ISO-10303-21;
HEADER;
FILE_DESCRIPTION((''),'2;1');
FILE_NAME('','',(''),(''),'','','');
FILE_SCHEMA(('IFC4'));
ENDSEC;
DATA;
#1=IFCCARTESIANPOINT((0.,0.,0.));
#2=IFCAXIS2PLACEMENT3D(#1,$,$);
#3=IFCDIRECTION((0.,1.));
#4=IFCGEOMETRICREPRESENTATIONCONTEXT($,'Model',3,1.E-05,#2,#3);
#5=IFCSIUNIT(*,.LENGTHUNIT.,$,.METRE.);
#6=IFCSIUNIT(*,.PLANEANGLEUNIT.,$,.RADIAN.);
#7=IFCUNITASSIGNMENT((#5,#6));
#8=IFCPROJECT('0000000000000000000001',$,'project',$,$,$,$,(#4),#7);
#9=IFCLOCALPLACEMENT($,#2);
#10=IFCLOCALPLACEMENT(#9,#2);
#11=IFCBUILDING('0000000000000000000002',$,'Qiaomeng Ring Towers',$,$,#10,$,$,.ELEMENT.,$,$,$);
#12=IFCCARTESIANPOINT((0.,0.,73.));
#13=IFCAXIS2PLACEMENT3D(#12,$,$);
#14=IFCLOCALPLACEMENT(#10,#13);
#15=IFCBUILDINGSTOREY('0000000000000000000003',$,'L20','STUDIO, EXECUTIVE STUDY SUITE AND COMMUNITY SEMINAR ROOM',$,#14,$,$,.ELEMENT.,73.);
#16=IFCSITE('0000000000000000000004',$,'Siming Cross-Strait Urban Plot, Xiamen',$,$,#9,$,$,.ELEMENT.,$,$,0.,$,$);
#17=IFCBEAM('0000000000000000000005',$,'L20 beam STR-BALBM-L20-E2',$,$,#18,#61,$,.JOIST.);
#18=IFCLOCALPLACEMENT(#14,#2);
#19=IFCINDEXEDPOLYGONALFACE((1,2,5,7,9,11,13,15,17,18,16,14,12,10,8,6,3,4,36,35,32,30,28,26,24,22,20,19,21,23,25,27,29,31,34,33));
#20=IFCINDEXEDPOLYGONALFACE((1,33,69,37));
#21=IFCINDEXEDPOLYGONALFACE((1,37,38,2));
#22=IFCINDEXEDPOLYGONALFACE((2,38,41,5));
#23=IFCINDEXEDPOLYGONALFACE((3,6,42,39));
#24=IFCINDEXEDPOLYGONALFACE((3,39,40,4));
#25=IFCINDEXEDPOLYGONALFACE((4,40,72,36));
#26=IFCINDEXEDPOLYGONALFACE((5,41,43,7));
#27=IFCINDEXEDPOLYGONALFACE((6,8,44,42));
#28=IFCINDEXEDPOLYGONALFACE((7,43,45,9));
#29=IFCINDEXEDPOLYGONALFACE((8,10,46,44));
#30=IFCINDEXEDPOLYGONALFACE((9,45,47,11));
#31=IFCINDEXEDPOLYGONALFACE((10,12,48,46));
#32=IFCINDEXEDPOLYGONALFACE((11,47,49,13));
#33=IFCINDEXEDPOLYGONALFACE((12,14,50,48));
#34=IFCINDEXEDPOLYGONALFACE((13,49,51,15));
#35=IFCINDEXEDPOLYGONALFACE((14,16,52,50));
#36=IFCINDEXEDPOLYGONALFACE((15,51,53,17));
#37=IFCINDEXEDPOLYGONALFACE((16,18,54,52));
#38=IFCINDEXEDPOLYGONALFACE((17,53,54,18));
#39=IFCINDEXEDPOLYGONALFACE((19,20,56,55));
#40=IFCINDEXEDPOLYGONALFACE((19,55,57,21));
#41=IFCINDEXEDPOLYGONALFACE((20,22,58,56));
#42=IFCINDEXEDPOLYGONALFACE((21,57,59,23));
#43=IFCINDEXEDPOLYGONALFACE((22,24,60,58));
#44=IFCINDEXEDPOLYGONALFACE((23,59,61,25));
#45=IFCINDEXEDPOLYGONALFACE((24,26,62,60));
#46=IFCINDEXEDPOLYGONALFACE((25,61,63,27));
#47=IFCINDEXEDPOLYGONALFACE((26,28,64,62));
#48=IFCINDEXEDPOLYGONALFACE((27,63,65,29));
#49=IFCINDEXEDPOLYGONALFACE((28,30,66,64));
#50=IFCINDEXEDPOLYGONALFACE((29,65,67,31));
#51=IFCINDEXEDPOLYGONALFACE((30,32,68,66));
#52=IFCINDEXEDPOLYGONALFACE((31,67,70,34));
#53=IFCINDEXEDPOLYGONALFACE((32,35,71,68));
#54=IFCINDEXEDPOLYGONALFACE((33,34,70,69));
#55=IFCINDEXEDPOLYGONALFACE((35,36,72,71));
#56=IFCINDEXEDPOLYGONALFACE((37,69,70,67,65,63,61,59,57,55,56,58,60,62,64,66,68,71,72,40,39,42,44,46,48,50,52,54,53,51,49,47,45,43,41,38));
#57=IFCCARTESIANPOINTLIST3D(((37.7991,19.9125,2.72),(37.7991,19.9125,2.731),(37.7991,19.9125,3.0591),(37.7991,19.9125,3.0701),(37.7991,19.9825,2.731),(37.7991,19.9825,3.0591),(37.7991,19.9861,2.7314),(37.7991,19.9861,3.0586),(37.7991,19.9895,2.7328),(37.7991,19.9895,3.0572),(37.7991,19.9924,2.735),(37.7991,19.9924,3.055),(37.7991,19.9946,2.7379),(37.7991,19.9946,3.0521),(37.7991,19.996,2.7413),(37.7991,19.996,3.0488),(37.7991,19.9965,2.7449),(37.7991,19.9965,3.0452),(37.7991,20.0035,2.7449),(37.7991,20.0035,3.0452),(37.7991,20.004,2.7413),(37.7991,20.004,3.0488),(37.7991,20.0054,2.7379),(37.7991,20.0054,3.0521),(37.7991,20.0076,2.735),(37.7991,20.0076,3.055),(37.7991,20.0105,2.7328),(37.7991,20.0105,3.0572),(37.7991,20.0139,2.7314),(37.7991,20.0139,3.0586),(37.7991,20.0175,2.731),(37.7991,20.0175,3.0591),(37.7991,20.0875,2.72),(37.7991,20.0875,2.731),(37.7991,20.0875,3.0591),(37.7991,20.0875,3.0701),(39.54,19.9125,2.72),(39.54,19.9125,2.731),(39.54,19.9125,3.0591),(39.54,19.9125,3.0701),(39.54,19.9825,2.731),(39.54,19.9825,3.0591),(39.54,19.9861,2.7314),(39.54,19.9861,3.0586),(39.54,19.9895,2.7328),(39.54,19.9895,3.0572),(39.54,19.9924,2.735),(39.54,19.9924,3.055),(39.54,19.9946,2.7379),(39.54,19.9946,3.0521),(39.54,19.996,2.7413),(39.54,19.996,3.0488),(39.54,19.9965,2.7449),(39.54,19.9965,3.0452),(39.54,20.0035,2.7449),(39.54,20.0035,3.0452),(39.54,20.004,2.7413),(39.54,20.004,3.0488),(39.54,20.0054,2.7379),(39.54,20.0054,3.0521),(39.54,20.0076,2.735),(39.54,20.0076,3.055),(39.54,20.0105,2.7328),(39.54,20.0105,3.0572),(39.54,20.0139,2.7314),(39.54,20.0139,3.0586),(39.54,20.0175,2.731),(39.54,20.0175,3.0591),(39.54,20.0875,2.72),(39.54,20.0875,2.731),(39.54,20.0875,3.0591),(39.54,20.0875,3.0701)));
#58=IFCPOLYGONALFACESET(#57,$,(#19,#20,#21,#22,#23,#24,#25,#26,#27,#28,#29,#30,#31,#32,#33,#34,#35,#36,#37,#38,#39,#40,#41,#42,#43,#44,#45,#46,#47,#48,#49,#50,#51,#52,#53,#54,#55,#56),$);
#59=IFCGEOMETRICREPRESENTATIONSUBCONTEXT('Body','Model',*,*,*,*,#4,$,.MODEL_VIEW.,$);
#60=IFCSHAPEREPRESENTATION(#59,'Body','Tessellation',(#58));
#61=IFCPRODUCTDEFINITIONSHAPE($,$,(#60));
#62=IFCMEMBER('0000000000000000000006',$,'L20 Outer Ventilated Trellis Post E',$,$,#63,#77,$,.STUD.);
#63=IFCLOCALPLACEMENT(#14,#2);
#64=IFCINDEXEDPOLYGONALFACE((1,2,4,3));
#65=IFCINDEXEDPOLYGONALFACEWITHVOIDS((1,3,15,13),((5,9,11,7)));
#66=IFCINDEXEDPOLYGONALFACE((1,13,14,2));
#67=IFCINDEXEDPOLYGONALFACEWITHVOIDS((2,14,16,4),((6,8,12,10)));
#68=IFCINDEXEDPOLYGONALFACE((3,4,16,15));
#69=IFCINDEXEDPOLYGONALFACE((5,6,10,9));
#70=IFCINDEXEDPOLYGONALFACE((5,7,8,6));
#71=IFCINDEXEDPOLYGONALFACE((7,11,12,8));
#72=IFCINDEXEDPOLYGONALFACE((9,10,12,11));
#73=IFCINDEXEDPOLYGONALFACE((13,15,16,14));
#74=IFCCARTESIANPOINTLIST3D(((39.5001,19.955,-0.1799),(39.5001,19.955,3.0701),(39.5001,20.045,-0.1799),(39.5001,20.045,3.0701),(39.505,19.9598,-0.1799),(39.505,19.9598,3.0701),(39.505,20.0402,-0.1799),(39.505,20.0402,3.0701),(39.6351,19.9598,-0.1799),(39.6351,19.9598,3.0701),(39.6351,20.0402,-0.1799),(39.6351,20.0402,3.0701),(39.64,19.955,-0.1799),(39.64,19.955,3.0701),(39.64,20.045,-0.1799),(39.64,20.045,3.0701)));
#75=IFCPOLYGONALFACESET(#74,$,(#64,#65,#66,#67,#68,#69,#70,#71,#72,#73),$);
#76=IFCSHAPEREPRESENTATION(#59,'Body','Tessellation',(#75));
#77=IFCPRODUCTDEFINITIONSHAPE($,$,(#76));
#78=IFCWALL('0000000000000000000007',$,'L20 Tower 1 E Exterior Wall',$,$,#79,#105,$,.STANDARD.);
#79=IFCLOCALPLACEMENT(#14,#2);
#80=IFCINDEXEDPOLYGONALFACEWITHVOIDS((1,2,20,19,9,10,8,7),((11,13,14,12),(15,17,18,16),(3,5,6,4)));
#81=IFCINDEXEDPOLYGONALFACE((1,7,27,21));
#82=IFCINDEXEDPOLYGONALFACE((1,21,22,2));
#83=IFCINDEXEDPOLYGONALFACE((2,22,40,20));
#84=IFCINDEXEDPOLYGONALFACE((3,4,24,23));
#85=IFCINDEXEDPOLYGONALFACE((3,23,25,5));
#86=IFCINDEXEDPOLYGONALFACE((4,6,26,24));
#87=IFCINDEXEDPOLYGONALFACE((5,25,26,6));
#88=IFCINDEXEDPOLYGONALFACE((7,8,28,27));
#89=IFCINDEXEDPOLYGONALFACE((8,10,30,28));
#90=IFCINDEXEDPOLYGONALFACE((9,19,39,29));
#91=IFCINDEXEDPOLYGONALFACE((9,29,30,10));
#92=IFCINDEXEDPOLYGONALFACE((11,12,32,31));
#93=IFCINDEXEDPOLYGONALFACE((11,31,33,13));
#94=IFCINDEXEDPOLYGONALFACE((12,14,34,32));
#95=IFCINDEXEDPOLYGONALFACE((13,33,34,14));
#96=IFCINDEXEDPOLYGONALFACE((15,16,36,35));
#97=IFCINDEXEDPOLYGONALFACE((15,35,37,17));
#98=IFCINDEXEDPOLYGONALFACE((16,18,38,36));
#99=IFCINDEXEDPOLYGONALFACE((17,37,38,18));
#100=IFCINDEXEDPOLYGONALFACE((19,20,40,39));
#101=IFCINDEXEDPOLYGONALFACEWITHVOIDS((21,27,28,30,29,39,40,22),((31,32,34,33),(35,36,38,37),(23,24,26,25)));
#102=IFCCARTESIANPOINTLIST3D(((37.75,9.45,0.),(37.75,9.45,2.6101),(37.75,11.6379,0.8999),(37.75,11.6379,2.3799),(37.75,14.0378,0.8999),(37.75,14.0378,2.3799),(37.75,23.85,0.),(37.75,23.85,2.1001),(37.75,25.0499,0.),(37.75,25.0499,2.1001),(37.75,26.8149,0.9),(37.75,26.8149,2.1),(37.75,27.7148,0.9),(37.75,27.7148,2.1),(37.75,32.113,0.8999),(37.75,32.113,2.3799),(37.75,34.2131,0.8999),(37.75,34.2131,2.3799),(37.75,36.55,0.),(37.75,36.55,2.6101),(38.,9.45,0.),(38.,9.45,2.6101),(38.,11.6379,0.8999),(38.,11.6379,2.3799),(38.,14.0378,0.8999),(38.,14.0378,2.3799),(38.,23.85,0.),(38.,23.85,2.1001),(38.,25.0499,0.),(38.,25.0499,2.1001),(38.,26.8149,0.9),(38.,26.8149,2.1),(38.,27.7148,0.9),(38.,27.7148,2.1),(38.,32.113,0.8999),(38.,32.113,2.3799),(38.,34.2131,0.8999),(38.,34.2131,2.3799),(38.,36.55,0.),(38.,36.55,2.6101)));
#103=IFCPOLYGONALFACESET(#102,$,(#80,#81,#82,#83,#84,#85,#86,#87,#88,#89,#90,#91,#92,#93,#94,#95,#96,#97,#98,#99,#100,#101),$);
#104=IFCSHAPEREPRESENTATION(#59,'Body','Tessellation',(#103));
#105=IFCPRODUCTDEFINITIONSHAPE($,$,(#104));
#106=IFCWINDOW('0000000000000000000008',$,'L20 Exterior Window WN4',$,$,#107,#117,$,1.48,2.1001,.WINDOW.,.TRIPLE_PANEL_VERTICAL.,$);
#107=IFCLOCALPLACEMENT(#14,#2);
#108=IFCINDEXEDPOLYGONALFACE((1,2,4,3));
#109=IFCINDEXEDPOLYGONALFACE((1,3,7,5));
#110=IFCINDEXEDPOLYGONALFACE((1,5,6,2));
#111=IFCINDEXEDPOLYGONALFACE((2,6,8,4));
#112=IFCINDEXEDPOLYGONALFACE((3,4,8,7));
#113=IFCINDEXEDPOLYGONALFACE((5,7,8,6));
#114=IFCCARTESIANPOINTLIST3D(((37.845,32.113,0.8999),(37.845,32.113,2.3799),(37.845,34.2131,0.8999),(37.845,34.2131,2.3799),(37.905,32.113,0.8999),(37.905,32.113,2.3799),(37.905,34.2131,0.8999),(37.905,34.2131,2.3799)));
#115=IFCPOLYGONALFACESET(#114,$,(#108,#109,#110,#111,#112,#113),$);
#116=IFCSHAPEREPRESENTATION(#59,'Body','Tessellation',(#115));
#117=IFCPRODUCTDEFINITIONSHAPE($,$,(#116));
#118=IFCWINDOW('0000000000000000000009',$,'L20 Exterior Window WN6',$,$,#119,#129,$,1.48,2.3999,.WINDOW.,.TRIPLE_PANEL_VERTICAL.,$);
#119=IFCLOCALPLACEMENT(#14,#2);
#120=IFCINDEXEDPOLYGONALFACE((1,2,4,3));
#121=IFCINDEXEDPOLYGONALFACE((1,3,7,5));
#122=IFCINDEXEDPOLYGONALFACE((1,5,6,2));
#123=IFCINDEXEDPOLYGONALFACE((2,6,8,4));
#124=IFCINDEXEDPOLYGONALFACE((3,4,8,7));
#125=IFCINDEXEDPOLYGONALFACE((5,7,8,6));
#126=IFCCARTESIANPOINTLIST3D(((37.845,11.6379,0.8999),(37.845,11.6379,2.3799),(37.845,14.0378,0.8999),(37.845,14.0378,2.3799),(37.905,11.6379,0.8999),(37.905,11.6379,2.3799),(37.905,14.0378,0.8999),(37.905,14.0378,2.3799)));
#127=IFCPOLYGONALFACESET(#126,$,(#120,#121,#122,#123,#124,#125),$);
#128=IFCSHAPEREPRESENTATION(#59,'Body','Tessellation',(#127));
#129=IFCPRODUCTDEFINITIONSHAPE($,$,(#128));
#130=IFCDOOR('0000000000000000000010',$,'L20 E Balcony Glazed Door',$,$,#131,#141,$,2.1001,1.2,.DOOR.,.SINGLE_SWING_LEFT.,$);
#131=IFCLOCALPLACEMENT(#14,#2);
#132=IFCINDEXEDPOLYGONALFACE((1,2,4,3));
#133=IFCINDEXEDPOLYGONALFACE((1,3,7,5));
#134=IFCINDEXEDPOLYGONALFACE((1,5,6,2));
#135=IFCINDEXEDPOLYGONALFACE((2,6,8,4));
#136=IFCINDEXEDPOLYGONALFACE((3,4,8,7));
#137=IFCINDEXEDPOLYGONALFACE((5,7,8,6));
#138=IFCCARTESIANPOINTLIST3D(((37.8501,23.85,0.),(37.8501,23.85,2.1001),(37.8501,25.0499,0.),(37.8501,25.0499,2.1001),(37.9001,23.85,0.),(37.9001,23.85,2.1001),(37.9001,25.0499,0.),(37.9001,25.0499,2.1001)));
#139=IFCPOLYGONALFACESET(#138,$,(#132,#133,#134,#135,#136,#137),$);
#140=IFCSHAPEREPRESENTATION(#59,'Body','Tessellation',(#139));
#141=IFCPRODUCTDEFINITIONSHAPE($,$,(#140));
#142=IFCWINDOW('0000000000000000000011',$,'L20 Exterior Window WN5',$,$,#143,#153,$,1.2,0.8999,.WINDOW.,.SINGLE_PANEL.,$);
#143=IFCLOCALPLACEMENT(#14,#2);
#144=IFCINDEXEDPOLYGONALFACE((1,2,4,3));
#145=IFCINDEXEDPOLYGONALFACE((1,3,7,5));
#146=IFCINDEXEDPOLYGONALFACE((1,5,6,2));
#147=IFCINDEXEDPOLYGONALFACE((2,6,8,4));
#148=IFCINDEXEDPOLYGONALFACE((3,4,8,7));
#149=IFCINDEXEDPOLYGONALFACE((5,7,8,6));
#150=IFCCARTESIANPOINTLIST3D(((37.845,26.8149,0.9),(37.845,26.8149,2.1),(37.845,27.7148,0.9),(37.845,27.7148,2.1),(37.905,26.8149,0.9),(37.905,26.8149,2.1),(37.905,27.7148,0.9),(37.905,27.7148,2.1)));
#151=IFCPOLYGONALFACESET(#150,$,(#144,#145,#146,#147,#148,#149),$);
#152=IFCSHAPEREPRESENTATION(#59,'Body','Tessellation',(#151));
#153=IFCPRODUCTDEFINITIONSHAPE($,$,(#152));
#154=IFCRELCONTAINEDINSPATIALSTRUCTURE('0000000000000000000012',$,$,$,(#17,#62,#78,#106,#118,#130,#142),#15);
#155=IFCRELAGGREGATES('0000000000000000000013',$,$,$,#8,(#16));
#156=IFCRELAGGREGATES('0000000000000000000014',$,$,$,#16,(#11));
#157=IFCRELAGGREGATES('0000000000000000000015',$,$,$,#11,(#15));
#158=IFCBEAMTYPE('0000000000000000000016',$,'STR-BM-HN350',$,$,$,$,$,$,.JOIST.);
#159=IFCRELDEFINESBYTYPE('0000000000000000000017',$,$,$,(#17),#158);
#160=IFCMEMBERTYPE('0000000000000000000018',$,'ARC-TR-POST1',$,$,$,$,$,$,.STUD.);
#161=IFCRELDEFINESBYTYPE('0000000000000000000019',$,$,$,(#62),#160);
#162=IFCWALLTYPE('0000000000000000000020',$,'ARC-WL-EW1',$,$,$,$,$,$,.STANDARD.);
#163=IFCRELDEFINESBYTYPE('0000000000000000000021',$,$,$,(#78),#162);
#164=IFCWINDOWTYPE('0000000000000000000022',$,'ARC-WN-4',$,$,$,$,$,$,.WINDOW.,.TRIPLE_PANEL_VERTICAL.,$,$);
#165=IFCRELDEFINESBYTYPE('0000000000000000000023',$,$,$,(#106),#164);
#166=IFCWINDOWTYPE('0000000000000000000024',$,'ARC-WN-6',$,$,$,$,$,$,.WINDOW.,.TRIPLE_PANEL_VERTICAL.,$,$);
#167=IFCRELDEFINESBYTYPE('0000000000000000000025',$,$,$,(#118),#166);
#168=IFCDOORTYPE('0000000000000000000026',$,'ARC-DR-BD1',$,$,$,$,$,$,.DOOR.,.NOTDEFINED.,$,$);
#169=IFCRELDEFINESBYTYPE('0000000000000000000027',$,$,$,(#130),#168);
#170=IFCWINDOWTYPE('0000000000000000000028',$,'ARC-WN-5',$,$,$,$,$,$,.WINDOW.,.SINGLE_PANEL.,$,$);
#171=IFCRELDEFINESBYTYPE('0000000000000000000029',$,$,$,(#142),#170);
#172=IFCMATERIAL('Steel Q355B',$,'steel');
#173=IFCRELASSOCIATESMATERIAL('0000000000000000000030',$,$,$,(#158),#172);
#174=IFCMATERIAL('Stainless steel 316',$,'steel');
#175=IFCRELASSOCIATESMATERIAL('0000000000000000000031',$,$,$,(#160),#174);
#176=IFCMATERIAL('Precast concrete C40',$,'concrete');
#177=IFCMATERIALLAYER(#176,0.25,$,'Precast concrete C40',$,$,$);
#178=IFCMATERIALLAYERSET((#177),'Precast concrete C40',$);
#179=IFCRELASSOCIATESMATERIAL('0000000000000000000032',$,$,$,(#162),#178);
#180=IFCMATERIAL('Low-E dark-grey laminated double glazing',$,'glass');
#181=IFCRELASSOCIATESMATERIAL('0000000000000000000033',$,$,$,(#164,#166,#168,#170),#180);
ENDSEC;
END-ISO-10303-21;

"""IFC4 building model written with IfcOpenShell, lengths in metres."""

from ifc_helpers import new_model, si_unit, direction, frame, frame_2d, origin, origin_2d, place, context, subcontext, project, spatial, rectangle, hollow_rectangle, i_section, extrude, source, transform, mapped, material, layer, layer_set, material_profile, profile_set, type_object, element, fill, save


model = new_model("IFC4")

# Units and contexts
model_context = context("Model", 3, precision=1e-05, world=origin(), true_north=direction((0.0, 1.0)))
body_context = subcontext(model_context, "Body", "Model", "MODEL_VIEW")
ifc_project = project(units=[si_unit("LENGTHUNIT", "METRE"), si_unit("PLANEANGLEUNIT", "RADIAN")], contexts=[model_context])

# Site, building, storey
site_placement = place(None, origin())
site = spatial("IfcSite", under=ifc_project, at=site_placement, Name="Siming Cross-Strait Urban Plot, Xiamen", CompositionType="ELEMENT", RefElevation=0.0)
building_placement = place(site_placement, origin())
building = spatial("IfcBuilding", under=site, at=building_placement, Name="Qiaomeng Ring Towers", CompositionType="ELEMENT")
storey_placement = place(building_placement, frame((0.0, 0.0, 73.0)))
storey = spatial("IfcBuildingStorey", under=building, at=storey_placement, Name="L20", Description="STUDIO, EXECUTIVE STUDY SUITE AND COMMUNITY SEMINAR ROOM", CompositionType="ELEMENT", Elevation=73.0)

# Beam
ifc_material_1 = material(Name="Steel Q355B", Category="steel")
ifc_material_profile_1 = material_profile(ifc_material_1, i_section(OverallWidth=0.175, OverallDepth=0.3501, WebThickness=0.0071, FlangeThickness=0.011, FilletRadius=0.0139, at=origin_2d()), Name="HN 350x175x7x11")
ifc_profile_set_1 = profile_set([ifc_material_profile_1], Name="Steel Q355B")
beam_type_1 = type_object("IfcBeamType", Name="STR-BM-HN350", PredefinedType="JOIST", material=ifc_profile_set_1)
shared_shape_1 = source(origin(), body_context, "Body", "SweptSolid", [
    extrude(i_section(OverallWidth=0.175, OverallDepth=0.3501, WebThickness=0.0071, FlangeThickness=0.011, FilletRadius=0.0139, at=origin_2d()), origin(), (0.0, 0.0, 1.0), 1.741),
])
beam_1_placement = place(storey_placement, frame((37.7991, 20.0, 2.895), z_axis=(1.0, 0.0, 0.0), x_axis=(0.0, 1.0, 0.0)))
element("IfcBeam", 1, at=beam_1_placement, inside=storey, type_object=beam_type_1, Name="L20 beam STR-BALBM-L20-E2", PredefinedType="JOIST", context=body_context, shape_type="MappedRepresentation", body=[
    mapped(shared_shape_1, transform((0.0, 0.0, 0.0), x_axis=(1.0, 0.0, 0.0), y_axis=(0.0, 1.0, 0.0), z_axis=(0.0, 0.0, 1.0), scale=1.0)),
])

# Member
ifc_material_2 = material(Name="Stainless steel 316", Category="steel")
ifc_material_profile_2 = material_profile(ifc_material_2, hollow_rectangle(XDim=0.0901, YDim=0.1399, WallThickness=0.0049, at=origin_2d()), Name="SS TRELLIS 90x140")
ifc_profile_set_2 = profile_set([ifc_material_profile_2], Name="Stainless steel 316")
member_type = type_object("IfcMemberType", Name="ARC-TR-POST1", PredefinedType="STUD", material=ifc_profile_set_2)
shared_shape_2 = source(origin(), body_context, "Body", "SweptSolid", [
    extrude(hollow_rectangle(XDim=0.0901, YDim=0.1399, WallThickness=0.0049, at=origin_2d()), origin(), (0.0, 0.0, 1.0), 3.25),
])
member_placement = place(storey_placement, frame((39.5701, 20.0, -0.1799), z_axis=(0.0, 0.0, 1.0), x_axis=(0.0, 1.0, 0.0)))
element("IfcMember", 2, at=member_placement, inside=storey, type_object=member_type, Name="L20 Outer Ventilated Trellis Post E", PredefinedType="STUD", context=body_context, shape_type="MappedRepresentation", body=[
    mapped(shared_shape_2, transform((0.0, 0.0, 0.0), x_axis=(1.0, 0.0, 0.0), y_axis=(0.0, 1.0, 0.0), z_axis=(0.0, 0.0, 1.0), scale=1.0)),
])

# Wall, openings, windows, door
ifc_material_3 = material(Name="Precast concrete C40", Category="concrete")
ifc_layer_1 = layer(ifc_material_3, 0.25, Name="Precast concrete C40")
ifc_layer_set_1 = layer_set([ifc_layer_1], Name="Precast concrete C40")
wall_type_1 = type_object("IfcWallType", Name="ARC-WL-EW1", PredefinedType="STANDARD", material=ifc_layer_set_1)
wall_1_placement = place(storey_placement, frame((37.875, 9.45, 0.0), z_axis=(0.0, 0.0, 1.0), x_axis=(0.0, 1.0, 0.0)))
wall_1 = element("IfcWall", 3, at=wall_1_placement, inside=storey, type_object=wall_type_1, Name="L20 Tower 1 E Exterior Wall", PredefinedType="STANDARD", context=body_context, shape_type="SweptSolid", body=[
    extrude(rectangle(XDim=27.1001, YDim=0.25, at=frame_2d((13.55, 0.0))), origin(), (0.0, 0.0, 1.0), 2.6101),
])
opening_1_placement = place(wall_1_placement, frame((14.3999, 0.0, 0.0)))
opening_1 = element("IfcOpeningElement", 4, at=opening_1_placement, cuts=wall_1, PredefinedType="OPENING", context=body_context, shape_type="SweptSolid", body=[
    extrude(rectangle(XDim=1.2, YDim=2.1001, at=frame_2d((0.6001, 1.05))), frame((0.0, 0.135, 0.0), z_axis=(0.0, -1.0, 0.0), x_axis=(1.0, 0.0, 0.0)), (0.0, 0.0, 1.0), 0.27),
])
opening_2_placement = place(wall_1_placement, frame((2.188, 0.0, 0.8999)))
opening_2 = element("IfcOpeningElement", 5, at=opening_2_placement, cuts=wall_1, PredefinedType="OPENING", context=body_context, shape_type="SweptSolid", body=[
    extrude(rectangle(XDim=2.3999, YDim=1.48, at=frame_2d((1.2, 0.74))), frame((0.0, 0.135, 0.0), z_axis=(0.0, -1.0, 0.0), x_axis=(1.0, 0.0, 0.0)), (0.0, 0.0, 1.0), 0.27),
])
opening_3_placement = place(wall_1_placement, frame((22.6631, 0.0, 0.8999)))
opening_3 = element("IfcOpeningElement", 6, at=opening_3_placement, cuts=wall_1, PredefinedType="OPENING", context=body_context, shape_type="SweptSolid", body=[
    extrude(rectangle(XDim=2.1001, YDim=1.48, at=frame_2d((1.05, 0.74))), frame((0.0, 0.135, 0.0), z_axis=(0.0, -1.0, 0.0), x_axis=(1.0, 0.0, 0.0)), (0.0, 0.0, 1.0), 0.27),
])
opening_4_placement = place(wall_1_placement, frame((17.365, 0.0, 0.8999)))
opening_4 = element("IfcOpeningElement", 7, at=opening_4_placement, cuts=wall_1, PredefinedType="OPENING", context=body_context, shape_type="SweptSolid", body=[
    extrude(rectangle(XDim=0.8999, YDim=1.2, at=frame_2d((0.45, 0.6001))), frame((0.0, 0.135, 0.0), z_axis=(0.0, -1.0, 0.0), x_axis=(1.0, 0.0, 0.0)), (0.0, 0.0, 1.0), 0.27),
])
ifc_material_4 = material(Name="Low-E dark-grey laminated double glazing", Category="glass")
window_type_1 = type_object("IfcWindowType", Name="ARC-WN-4", PartitioningType="TRIPLE_PANEL_VERTICAL", PredefinedType="WINDOW", material=ifc_material_4)
shared_shape_3 = source(origin(), body_context, "Body", "SweptSolid", [
    extrude(rectangle(XDim=2.1001, YDim=1.48, at=frame_2d((1.05, 0.74))), frame((0.0, 0.03, 0.0), z_axis=(0.0, -1.0, 0.0), x_axis=(1.0, 0.0, 0.0)), (0.0, 0.0, 1.0), 0.0601),
])
window_1_placement = place(opening_3_placement, origin())
window_1 = element("IfcWindow", 8, at=window_1_placement, inside=storey, type_object=window_type_1, Name="L20 Exterior Window WN4", OverallHeight=1.48, OverallWidth=2.1001, PartitioningType="TRIPLE_PANEL_VERTICAL", PredefinedType="WINDOW", context=body_context, shape_type="MappedRepresentation", body=[
    mapped(shared_shape_3, transform((0.0, 0.0, 0.0), x_axis=(1.0, 0.0, 0.0), y_axis=(0.0, 1.0, 0.0), z_axis=(0.0, 0.0, 1.0), scale=1.0)),
])
fill(opening_3, window_1)
window_type_2 = type_object("IfcWindowType", Name="ARC-WN-6", PartitioningType="TRIPLE_PANEL_VERTICAL", PredefinedType="WINDOW", material=ifc_material_4)
shared_shape_4 = source(origin(), body_context, "Body", "SweptSolid", [
    extrude(rectangle(XDim=2.3999, YDim=1.48, at=frame_2d((1.2, 0.74))), frame((0.0, 0.03, 0.0), z_axis=(0.0, -1.0, 0.0), x_axis=(1.0, 0.0, 0.0)), (0.0, 0.0, 1.0), 0.0601),
])
window_2_placement = place(opening_2_placement, origin())
window_2 = element("IfcWindow", 9, at=window_2_placement, inside=storey, type_object=window_type_2, Name="L20 Exterior Window WN6", OverallHeight=1.48, OverallWidth=2.3999, PartitioningType="TRIPLE_PANEL_VERTICAL", PredefinedType="WINDOW", context=body_context, shape_type="MappedRepresentation", body=[
    mapped(shared_shape_4, transform((0.0, 0.0, 0.0), x_axis=(1.0, 0.0, 0.0), y_axis=(0.0, 1.0, 0.0), z_axis=(0.0, 0.0, 1.0), scale=1.0)),
])
fill(opening_2, window_2)
door_type = type_object("IfcDoorType", Name="ARC-DR-BD1", OperationType="NOTDEFINED", PredefinedType="DOOR", material=ifc_material_4)
shared_shape_5 = source(origin(), body_context, "Body", "SweptSolid", [
    extrude(rectangle(XDim=1.2, YDim=2.1001, at=frame_2d((0.6001, 1.05))), frame((0.0, 0.0249, 0.0), z_axis=(0.0, -1.0, 0.0), x_axis=(1.0, 0.0, 0.0)), (0.0, 0.0, 1.0), 0.05),
])
door_placement = place(opening_1_placement, origin())
door = element("IfcDoor", 10, at=door_placement, inside=storey, type_object=door_type, Name="L20 E Balcony Glazed Door", OperationType="SINGLE_SWING_LEFT", OverallHeight=2.1001, OverallWidth=1.2, PredefinedType="DOOR", context=body_context, shape_type="MappedRepresentation", body=[
    mapped(shared_shape_5, transform((0.0, 0.0, 0.0), x_axis=(1.0, 0.0, 0.0), y_axis=(0.0, 1.0, 0.0), z_axis=(0.0, 0.0, 1.0), scale=1.0)),
])
fill(opening_1, door)
window_type_3 = type_object("IfcWindowType", Name="ARC-WN-5", PartitioningType="SINGLE_PANEL", PredefinedType="WINDOW", material=ifc_material_4)
shared_shape_6 = source(origin(), body_context, "Body", "SweptSolid", [
    extrude(rectangle(XDim=0.8999, YDim=1.2, at=frame_2d((0.45, 0.6001))), frame((0.0, 0.03, 0.0), z_axis=(0.0, -1.0, 0.0), x_axis=(1.0, 0.0, 0.0)), (0.0, 0.0, 1.0), 0.0601),
])
window_3_placement = place(opening_4_placement, origin())
window_3 = element("IfcWindow", 11, at=window_3_placement, inside=storey, type_object=window_type_3, Name="L20 Exterior Window WN5", OverallHeight=1.2, OverallWidth=0.8999, PartitioningType="SINGLE_PANEL", PredefinedType="WINDOW", context=body_context, shape_type="MappedRepresentation", body=[
    mapped(shared_shape_6, transform((0.0, 0.0, 0.0), x_axis=(1.0, 0.0, 0.0), y_axis=(0.0, 1.0, 0.0), z_axis=(0.0, 0.0, 1.0), scale=1.0)),
])
fill(opening_4, window_3)

save(model, "model.ifc")
